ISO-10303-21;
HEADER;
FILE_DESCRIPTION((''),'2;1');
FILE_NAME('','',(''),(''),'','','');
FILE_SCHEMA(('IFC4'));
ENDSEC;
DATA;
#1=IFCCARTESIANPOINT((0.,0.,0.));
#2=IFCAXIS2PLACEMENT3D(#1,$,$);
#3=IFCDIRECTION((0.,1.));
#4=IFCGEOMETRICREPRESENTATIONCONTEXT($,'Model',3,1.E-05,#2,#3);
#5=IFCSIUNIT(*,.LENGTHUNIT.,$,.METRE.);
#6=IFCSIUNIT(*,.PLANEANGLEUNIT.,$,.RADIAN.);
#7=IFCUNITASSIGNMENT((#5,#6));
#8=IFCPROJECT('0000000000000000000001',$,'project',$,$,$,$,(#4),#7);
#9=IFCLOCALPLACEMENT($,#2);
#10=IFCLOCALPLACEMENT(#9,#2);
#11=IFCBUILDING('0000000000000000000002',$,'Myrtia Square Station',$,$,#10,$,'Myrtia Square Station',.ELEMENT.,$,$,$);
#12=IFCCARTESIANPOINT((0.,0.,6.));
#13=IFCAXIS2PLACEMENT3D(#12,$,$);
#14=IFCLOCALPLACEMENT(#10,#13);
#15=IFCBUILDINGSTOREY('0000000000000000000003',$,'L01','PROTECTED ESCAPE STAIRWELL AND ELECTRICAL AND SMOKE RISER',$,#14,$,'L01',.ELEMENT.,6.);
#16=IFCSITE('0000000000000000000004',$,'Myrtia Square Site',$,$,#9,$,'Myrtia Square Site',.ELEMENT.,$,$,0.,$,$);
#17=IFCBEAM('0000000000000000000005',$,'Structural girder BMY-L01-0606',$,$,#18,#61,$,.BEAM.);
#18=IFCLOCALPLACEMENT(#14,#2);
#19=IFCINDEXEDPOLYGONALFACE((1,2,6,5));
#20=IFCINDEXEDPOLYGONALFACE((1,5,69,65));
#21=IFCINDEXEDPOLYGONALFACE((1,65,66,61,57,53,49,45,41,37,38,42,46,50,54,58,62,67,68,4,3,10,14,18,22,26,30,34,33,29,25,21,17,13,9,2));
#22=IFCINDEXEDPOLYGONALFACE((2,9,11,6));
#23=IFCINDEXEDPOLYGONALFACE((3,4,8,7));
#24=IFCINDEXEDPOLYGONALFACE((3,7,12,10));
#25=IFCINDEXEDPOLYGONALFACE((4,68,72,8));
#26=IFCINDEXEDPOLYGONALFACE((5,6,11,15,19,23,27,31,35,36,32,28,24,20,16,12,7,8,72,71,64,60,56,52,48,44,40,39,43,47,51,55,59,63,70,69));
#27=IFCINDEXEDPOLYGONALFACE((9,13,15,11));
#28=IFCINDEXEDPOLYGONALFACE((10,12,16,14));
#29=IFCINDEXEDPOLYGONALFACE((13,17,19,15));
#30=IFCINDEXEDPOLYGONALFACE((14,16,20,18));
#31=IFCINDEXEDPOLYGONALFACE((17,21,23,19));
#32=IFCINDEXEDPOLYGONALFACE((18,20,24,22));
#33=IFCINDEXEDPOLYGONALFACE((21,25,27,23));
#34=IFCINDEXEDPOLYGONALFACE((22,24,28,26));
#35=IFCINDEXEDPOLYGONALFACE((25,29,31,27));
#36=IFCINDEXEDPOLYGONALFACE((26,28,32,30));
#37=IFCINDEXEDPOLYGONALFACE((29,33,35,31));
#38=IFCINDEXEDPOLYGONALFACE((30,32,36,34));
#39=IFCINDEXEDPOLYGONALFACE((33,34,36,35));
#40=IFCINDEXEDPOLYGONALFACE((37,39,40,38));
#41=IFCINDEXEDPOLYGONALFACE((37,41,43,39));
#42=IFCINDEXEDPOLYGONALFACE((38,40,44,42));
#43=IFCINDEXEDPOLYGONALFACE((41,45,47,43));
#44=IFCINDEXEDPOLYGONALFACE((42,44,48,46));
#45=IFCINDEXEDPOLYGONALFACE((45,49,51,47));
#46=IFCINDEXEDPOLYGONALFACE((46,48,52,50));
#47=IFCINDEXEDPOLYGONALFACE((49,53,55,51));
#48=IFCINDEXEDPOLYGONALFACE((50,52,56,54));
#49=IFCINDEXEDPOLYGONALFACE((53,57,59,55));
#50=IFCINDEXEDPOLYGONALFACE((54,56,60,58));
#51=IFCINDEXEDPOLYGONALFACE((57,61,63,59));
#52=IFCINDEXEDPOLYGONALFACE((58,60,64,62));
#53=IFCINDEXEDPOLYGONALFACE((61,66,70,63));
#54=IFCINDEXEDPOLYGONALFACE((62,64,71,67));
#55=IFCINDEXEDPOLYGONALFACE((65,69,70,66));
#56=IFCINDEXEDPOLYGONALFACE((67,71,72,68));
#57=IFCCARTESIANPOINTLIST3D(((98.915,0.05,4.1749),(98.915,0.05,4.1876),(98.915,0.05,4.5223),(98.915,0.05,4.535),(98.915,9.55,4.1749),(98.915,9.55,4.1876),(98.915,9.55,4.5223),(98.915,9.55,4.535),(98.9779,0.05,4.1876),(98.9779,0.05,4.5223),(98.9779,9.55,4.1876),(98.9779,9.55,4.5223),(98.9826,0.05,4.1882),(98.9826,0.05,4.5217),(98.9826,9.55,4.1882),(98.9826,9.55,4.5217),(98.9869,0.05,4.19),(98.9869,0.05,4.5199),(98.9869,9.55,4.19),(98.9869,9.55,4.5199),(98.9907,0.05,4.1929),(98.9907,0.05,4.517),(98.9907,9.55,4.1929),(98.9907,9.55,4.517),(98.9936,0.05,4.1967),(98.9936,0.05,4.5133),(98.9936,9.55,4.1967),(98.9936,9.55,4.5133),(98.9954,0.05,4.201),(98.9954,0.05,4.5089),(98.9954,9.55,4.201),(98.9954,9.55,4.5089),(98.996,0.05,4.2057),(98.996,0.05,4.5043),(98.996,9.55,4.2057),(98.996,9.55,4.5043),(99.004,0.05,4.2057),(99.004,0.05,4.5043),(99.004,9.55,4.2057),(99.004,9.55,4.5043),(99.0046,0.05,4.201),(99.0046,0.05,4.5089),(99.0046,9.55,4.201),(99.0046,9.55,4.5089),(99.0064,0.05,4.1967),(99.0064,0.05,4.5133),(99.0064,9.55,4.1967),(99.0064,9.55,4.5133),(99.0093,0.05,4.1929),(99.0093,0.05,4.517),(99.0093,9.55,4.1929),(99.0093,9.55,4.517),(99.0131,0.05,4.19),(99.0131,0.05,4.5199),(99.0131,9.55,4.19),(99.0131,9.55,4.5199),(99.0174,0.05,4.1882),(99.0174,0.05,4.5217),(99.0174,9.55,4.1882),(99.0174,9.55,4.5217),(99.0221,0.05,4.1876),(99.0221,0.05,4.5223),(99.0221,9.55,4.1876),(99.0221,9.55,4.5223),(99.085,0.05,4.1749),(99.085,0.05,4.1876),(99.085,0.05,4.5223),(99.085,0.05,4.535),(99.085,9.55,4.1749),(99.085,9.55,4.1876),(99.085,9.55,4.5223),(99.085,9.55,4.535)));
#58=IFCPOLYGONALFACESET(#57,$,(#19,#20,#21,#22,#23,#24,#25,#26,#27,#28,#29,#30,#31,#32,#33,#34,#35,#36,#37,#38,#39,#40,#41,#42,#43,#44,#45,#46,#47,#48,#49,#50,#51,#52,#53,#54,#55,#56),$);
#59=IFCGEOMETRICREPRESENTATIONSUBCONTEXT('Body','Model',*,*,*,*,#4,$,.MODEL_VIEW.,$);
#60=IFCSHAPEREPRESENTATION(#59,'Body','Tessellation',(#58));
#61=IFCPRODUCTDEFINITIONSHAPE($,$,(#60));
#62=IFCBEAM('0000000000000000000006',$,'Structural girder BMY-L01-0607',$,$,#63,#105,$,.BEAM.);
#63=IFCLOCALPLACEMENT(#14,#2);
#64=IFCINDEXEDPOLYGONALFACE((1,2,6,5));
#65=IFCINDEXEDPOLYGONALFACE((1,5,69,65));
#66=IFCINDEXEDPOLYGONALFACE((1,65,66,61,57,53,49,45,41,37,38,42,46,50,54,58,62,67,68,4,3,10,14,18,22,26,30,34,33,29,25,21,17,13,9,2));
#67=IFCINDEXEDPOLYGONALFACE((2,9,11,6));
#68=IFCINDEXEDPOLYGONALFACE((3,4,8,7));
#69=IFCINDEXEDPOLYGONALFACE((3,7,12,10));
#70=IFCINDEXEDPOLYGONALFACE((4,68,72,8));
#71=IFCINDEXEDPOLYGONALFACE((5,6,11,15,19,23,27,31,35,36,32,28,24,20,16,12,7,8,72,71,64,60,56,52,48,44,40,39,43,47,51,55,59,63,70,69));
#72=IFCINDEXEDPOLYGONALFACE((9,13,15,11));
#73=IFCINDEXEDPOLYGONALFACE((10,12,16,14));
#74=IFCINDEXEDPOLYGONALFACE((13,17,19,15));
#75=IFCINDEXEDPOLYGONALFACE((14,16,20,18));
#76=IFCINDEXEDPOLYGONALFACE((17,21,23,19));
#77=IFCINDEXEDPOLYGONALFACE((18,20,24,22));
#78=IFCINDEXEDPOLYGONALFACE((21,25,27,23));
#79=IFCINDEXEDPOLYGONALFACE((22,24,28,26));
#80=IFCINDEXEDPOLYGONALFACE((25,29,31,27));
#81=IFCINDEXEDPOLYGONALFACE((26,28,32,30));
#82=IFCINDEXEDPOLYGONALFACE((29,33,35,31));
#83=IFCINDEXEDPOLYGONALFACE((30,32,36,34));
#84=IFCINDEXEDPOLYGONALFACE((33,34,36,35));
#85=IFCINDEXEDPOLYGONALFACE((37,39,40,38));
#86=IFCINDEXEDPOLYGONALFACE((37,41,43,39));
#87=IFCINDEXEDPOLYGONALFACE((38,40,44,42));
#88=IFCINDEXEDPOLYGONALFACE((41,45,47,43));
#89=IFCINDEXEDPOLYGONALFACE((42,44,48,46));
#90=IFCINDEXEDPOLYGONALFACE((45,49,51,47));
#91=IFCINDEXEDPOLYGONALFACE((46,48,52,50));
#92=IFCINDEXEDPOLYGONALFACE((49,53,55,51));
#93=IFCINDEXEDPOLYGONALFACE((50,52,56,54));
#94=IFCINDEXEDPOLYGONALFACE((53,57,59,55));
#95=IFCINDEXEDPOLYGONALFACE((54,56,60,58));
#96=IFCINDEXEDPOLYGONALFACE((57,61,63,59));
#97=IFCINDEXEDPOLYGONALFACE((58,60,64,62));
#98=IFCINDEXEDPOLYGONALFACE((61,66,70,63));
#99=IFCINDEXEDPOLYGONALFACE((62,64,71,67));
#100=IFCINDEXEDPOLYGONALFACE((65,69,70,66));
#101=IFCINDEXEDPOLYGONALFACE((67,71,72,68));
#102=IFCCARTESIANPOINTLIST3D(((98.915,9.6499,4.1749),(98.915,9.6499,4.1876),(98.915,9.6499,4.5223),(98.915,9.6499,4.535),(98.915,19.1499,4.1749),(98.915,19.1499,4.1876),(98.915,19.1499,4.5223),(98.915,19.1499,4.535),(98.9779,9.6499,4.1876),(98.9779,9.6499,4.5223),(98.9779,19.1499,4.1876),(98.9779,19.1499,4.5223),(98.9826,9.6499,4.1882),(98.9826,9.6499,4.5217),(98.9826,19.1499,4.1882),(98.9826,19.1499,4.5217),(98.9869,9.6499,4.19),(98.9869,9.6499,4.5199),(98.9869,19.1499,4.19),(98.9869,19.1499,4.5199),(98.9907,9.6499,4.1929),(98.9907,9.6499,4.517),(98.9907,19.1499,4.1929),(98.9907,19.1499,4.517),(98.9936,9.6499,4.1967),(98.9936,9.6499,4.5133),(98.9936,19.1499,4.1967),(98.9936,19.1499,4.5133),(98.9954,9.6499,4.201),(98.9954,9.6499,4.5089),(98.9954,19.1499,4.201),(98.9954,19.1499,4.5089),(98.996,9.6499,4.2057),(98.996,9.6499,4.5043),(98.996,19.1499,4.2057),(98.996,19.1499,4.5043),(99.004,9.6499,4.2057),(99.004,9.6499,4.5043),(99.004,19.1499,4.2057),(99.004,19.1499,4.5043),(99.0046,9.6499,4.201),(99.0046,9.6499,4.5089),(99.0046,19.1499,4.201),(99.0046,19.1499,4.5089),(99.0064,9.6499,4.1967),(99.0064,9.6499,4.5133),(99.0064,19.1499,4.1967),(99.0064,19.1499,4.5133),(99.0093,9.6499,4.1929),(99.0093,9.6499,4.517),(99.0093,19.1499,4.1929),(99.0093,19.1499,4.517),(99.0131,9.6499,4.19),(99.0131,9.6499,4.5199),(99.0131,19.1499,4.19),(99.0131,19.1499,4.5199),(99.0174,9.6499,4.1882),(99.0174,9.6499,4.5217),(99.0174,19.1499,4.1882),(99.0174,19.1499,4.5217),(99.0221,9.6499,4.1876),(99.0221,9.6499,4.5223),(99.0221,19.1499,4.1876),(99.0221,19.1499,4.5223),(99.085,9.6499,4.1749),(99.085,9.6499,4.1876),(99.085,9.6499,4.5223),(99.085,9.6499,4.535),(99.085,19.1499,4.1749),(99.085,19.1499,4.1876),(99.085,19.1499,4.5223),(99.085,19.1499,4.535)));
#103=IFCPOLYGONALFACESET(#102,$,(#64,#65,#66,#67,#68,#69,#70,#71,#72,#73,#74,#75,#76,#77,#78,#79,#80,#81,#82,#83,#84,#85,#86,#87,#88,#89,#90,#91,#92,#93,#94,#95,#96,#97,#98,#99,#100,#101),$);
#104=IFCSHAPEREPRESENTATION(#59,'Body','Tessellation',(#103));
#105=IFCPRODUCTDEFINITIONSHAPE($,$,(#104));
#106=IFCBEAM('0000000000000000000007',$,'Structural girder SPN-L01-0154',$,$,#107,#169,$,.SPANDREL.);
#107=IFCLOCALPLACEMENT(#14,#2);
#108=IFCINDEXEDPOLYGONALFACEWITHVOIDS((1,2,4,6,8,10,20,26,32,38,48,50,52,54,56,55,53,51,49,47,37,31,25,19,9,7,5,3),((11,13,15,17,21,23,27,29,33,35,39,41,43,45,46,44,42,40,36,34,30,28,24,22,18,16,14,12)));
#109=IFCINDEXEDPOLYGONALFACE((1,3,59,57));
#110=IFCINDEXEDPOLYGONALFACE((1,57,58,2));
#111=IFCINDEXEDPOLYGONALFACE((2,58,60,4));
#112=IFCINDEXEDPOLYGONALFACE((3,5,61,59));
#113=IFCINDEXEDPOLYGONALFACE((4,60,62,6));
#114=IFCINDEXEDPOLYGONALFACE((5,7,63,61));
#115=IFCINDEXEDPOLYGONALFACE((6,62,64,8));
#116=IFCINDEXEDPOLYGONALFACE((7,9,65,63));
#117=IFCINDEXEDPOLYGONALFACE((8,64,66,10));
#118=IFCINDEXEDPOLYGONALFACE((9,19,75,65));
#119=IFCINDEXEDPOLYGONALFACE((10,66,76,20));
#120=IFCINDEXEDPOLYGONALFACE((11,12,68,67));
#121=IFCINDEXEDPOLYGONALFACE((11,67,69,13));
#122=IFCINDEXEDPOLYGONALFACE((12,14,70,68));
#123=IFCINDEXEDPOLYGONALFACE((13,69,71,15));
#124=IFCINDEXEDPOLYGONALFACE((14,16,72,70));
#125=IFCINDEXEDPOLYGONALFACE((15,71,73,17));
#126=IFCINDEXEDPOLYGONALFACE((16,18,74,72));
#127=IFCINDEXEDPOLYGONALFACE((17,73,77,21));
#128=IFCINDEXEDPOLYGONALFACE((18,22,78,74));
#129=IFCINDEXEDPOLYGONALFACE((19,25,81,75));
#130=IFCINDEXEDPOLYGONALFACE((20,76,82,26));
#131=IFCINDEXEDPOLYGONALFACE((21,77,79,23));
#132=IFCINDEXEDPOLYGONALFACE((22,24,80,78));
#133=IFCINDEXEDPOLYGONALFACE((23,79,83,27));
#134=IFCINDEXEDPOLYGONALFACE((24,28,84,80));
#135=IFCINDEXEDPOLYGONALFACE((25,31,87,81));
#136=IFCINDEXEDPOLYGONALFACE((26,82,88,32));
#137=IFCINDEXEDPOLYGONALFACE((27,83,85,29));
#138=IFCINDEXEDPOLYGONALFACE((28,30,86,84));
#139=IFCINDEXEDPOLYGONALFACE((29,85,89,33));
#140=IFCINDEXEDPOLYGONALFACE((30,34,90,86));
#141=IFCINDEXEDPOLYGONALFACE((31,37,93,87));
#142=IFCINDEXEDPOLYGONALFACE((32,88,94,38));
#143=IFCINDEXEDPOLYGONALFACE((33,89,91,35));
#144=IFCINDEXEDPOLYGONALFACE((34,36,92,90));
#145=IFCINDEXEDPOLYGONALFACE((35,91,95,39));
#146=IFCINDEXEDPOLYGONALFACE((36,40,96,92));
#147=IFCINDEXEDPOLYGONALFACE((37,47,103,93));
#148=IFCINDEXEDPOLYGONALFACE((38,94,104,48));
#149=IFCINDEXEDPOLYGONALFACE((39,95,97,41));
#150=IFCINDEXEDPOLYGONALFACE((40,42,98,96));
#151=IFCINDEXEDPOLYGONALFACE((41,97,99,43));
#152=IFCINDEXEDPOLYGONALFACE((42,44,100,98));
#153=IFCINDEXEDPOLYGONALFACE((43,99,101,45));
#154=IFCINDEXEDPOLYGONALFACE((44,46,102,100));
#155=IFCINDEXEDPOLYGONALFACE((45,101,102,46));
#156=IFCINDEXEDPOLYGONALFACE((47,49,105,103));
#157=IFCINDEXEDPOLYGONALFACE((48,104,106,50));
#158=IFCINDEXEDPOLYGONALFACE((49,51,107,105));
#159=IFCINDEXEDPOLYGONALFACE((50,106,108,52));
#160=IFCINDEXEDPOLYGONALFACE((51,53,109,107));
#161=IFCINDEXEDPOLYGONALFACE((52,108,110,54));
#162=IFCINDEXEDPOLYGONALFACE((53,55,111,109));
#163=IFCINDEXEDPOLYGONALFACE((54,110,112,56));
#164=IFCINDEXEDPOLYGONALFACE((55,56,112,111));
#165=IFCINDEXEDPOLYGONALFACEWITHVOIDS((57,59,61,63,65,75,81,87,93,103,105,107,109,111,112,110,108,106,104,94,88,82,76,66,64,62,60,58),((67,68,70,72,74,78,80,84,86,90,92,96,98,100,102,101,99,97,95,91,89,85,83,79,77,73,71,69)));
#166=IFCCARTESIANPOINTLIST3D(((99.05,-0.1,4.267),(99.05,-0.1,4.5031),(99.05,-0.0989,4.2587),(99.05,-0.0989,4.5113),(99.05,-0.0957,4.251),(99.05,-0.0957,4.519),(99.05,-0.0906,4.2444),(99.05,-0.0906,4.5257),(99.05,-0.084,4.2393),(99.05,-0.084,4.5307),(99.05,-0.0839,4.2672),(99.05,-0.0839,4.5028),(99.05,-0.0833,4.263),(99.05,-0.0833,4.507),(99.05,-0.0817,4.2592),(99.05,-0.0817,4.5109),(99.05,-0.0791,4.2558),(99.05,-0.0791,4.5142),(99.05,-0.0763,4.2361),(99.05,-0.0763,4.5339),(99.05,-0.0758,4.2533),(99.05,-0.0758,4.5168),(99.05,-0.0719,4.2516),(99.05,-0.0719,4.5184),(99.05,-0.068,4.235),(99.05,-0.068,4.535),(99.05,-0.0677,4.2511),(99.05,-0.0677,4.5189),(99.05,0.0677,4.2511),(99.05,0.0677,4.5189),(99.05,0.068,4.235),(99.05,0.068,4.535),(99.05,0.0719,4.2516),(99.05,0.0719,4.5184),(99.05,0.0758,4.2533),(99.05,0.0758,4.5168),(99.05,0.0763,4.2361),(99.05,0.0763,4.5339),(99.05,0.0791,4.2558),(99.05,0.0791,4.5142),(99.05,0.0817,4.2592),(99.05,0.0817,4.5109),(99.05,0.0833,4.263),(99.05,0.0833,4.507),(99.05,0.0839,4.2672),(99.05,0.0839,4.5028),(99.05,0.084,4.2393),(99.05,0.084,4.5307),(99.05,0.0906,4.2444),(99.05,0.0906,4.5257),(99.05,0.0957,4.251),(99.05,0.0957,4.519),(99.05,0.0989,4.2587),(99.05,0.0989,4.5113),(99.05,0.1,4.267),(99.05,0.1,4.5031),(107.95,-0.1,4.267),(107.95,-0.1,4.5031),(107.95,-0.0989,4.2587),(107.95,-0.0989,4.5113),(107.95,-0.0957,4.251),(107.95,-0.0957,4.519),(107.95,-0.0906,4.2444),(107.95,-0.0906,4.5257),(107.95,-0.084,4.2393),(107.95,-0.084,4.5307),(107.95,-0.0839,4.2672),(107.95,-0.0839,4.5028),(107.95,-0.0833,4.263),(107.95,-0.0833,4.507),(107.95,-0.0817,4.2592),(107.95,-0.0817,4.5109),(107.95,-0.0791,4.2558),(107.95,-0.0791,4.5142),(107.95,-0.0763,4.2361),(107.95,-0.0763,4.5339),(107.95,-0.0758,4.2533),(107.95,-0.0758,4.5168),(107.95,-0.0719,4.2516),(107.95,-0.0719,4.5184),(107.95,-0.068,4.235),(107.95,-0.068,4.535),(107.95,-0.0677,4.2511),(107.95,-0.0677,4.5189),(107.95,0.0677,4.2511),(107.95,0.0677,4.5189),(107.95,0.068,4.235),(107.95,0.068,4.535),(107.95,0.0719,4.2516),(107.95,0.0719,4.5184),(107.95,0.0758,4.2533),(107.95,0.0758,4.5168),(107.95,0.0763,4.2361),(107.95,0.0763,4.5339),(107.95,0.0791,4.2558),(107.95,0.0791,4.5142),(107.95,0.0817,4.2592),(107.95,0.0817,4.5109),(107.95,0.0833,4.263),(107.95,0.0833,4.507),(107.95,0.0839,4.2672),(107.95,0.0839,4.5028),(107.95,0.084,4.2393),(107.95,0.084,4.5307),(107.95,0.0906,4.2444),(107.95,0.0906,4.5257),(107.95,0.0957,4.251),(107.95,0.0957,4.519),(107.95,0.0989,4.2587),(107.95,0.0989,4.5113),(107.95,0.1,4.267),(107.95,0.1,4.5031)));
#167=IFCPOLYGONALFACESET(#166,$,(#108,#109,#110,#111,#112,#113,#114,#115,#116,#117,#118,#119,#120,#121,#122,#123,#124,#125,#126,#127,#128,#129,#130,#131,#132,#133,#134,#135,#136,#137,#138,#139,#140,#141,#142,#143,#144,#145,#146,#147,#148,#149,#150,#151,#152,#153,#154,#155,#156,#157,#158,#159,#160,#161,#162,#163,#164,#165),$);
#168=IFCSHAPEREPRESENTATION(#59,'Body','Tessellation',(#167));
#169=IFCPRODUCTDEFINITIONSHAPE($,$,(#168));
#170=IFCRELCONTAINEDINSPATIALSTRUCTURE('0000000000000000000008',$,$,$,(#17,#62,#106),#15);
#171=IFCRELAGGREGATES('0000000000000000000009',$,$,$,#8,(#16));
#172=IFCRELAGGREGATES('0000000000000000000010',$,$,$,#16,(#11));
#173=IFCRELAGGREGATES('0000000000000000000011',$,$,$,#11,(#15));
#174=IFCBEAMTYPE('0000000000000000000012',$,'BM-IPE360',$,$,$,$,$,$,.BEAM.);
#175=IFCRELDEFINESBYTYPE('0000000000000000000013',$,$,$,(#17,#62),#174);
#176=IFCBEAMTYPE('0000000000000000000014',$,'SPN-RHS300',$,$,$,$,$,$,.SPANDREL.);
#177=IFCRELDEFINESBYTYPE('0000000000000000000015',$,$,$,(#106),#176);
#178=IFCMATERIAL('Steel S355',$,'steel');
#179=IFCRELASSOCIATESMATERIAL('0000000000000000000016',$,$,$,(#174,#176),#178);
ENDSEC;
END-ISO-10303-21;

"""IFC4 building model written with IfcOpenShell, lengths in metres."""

from ifc_helpers import new_model, si_unit, direction, frame, origin, origin_2d, place, context, subcontext, project, spatial, hollow_rectangle, i_section, extrude, material, material_profile, profile_set, type_object, element, save


model = new_model("IFC4")

# Units and contexts
model_context = context("Model", 3, precision=1e-05, world=origin(), true_north=direction((0.0, 1.0)))
body_context = subcontext(model_context, "Body", "Model", "MODEL_VIEW")
ifc_project = project(units=[si_unit("LENGTHUNIT", "METRE"), si_unit("PLANEANGLEUNIT", "RADIAN")], contexts=[model_context])

# Site, building, storey
site_placement = place(None, origin())
site = spatial("IfcSite", under=ifc_project, at=site_placement, Name="Myrtia Square Site", LongName="Myrtia Square Site", CompositionType="ELEMENT", RefElevation=0.0)
building_placement = place(site_placement, origin())
building = spatial("IfcBuilding", under=site, at=building_placement, Name="Myrtia Square Station", LongName="Myrtia Square Station", CompositionType="ELEMENT")
storey_placement = place(building_placement, frame((0.0, 0.0, 6.0)))
storey = spatial("IfcBuildingStorey", under=building, at=storey_placement, Name="L01", Description="PROTECTED ESCAPE STAIRWELL AND ELECTRICAL AND SMOKE RISER", LongName="L01", CompositionType="ELEMENT", Elevation=6.0)

# Shared definitions
ifc_material_1 = material(Name="Steel S355", Category="steel")

# Beams
ifc_material_profile_1 = material_profile(ifc_material_1, i_section(OverallWidth=0.1699, OverallDepth=0.3601, WebThickness=0.0081, FlangeThickness=0.0127, FilletRadius=0.0181, at=origin_2d()), Name="IPE 360")
ifc_profile_set_1 = profile_set([ifc_material_profile_1], Name="Steel S355")
beam_type_1 = type_object("IfcBeamType", Name="BM-IPE360", PredefinedType="BEAM", material=ifc_profile_set_1)
for number, where, z_axis, x_axis, name in (
    (1, (99.0, 0.05, 4.355), (0.0, 1.0, 0.0), (-1.0, 0.0, 0.0), "Structural girder BMY-L01-0606"),
    (2, (99.0, 9.6499, 4.355), (0.0, 1.0, 0.0), (-1.0, 0.0, 0.0), "Structural girder BMY-L01-0607"),
):
    element("IfcBeam", number, at=place(storey_placement, frame(where, z_axis=z_axis, x_axis=x_axis)), inside=storey, type_object=beam_type_1, Name=name, PredefinedType="BEAM", context=body_context, shape_type="SweptSolid", body=[
        extrude(i_section(OverallWidth=0.1699, OverallDepth=0.3601, WebThickness=0.0081, FlangeThickness=0.0127, FilletRadius=0.0181, at=origin_2d()), origin(), (0.0, 0.0, 1.0), 9.5),
    ])
ifc_material_profile_2 = material_profile(ifc_material_1, hollow_rectangle(XDim=0.2, YDim=0.3, WallThickness=0.0161, InnerFilletRadius=0.0161, OuterFilletRadius=0.032, at=origin_2d()), Name="RHS 300x200x16")
ifc_profile_set_2 = profile_set([ifc_material_profile_2], Name="Steel S355")
beam_type_2 = type_object("IfcBeamType", Name="SPN-RHS300", PredefinedType="SPANDREL", material=ifc_profile_set_2)
beam_1_placement = place(storey_placement, frame((99.05, 0.0, 4.385), z_axis=(1.0, 0.0, 0.0), x_axis=(0.0, 1.0, 0.0)))
element("IfcBeam", 3, at=beam_1_placement, inside=storey, type_object=beam_type_2, Name="Structural girder SPN-L01-0154", PredefinedType="SPANDREL", context=body_context, shape_type="SweptSolid", body=[
    extrude(hollow_rectangle(XDim=0.2, YDim=0.3, WallThickness=0.0161, InnerFilletRadius=0.0161, OuterFilletRadius=0.032, at=origin_2d()), origin(), (0.0, 0.0, 1.0), 8.8999),
])

save(model, "model.ifc")
